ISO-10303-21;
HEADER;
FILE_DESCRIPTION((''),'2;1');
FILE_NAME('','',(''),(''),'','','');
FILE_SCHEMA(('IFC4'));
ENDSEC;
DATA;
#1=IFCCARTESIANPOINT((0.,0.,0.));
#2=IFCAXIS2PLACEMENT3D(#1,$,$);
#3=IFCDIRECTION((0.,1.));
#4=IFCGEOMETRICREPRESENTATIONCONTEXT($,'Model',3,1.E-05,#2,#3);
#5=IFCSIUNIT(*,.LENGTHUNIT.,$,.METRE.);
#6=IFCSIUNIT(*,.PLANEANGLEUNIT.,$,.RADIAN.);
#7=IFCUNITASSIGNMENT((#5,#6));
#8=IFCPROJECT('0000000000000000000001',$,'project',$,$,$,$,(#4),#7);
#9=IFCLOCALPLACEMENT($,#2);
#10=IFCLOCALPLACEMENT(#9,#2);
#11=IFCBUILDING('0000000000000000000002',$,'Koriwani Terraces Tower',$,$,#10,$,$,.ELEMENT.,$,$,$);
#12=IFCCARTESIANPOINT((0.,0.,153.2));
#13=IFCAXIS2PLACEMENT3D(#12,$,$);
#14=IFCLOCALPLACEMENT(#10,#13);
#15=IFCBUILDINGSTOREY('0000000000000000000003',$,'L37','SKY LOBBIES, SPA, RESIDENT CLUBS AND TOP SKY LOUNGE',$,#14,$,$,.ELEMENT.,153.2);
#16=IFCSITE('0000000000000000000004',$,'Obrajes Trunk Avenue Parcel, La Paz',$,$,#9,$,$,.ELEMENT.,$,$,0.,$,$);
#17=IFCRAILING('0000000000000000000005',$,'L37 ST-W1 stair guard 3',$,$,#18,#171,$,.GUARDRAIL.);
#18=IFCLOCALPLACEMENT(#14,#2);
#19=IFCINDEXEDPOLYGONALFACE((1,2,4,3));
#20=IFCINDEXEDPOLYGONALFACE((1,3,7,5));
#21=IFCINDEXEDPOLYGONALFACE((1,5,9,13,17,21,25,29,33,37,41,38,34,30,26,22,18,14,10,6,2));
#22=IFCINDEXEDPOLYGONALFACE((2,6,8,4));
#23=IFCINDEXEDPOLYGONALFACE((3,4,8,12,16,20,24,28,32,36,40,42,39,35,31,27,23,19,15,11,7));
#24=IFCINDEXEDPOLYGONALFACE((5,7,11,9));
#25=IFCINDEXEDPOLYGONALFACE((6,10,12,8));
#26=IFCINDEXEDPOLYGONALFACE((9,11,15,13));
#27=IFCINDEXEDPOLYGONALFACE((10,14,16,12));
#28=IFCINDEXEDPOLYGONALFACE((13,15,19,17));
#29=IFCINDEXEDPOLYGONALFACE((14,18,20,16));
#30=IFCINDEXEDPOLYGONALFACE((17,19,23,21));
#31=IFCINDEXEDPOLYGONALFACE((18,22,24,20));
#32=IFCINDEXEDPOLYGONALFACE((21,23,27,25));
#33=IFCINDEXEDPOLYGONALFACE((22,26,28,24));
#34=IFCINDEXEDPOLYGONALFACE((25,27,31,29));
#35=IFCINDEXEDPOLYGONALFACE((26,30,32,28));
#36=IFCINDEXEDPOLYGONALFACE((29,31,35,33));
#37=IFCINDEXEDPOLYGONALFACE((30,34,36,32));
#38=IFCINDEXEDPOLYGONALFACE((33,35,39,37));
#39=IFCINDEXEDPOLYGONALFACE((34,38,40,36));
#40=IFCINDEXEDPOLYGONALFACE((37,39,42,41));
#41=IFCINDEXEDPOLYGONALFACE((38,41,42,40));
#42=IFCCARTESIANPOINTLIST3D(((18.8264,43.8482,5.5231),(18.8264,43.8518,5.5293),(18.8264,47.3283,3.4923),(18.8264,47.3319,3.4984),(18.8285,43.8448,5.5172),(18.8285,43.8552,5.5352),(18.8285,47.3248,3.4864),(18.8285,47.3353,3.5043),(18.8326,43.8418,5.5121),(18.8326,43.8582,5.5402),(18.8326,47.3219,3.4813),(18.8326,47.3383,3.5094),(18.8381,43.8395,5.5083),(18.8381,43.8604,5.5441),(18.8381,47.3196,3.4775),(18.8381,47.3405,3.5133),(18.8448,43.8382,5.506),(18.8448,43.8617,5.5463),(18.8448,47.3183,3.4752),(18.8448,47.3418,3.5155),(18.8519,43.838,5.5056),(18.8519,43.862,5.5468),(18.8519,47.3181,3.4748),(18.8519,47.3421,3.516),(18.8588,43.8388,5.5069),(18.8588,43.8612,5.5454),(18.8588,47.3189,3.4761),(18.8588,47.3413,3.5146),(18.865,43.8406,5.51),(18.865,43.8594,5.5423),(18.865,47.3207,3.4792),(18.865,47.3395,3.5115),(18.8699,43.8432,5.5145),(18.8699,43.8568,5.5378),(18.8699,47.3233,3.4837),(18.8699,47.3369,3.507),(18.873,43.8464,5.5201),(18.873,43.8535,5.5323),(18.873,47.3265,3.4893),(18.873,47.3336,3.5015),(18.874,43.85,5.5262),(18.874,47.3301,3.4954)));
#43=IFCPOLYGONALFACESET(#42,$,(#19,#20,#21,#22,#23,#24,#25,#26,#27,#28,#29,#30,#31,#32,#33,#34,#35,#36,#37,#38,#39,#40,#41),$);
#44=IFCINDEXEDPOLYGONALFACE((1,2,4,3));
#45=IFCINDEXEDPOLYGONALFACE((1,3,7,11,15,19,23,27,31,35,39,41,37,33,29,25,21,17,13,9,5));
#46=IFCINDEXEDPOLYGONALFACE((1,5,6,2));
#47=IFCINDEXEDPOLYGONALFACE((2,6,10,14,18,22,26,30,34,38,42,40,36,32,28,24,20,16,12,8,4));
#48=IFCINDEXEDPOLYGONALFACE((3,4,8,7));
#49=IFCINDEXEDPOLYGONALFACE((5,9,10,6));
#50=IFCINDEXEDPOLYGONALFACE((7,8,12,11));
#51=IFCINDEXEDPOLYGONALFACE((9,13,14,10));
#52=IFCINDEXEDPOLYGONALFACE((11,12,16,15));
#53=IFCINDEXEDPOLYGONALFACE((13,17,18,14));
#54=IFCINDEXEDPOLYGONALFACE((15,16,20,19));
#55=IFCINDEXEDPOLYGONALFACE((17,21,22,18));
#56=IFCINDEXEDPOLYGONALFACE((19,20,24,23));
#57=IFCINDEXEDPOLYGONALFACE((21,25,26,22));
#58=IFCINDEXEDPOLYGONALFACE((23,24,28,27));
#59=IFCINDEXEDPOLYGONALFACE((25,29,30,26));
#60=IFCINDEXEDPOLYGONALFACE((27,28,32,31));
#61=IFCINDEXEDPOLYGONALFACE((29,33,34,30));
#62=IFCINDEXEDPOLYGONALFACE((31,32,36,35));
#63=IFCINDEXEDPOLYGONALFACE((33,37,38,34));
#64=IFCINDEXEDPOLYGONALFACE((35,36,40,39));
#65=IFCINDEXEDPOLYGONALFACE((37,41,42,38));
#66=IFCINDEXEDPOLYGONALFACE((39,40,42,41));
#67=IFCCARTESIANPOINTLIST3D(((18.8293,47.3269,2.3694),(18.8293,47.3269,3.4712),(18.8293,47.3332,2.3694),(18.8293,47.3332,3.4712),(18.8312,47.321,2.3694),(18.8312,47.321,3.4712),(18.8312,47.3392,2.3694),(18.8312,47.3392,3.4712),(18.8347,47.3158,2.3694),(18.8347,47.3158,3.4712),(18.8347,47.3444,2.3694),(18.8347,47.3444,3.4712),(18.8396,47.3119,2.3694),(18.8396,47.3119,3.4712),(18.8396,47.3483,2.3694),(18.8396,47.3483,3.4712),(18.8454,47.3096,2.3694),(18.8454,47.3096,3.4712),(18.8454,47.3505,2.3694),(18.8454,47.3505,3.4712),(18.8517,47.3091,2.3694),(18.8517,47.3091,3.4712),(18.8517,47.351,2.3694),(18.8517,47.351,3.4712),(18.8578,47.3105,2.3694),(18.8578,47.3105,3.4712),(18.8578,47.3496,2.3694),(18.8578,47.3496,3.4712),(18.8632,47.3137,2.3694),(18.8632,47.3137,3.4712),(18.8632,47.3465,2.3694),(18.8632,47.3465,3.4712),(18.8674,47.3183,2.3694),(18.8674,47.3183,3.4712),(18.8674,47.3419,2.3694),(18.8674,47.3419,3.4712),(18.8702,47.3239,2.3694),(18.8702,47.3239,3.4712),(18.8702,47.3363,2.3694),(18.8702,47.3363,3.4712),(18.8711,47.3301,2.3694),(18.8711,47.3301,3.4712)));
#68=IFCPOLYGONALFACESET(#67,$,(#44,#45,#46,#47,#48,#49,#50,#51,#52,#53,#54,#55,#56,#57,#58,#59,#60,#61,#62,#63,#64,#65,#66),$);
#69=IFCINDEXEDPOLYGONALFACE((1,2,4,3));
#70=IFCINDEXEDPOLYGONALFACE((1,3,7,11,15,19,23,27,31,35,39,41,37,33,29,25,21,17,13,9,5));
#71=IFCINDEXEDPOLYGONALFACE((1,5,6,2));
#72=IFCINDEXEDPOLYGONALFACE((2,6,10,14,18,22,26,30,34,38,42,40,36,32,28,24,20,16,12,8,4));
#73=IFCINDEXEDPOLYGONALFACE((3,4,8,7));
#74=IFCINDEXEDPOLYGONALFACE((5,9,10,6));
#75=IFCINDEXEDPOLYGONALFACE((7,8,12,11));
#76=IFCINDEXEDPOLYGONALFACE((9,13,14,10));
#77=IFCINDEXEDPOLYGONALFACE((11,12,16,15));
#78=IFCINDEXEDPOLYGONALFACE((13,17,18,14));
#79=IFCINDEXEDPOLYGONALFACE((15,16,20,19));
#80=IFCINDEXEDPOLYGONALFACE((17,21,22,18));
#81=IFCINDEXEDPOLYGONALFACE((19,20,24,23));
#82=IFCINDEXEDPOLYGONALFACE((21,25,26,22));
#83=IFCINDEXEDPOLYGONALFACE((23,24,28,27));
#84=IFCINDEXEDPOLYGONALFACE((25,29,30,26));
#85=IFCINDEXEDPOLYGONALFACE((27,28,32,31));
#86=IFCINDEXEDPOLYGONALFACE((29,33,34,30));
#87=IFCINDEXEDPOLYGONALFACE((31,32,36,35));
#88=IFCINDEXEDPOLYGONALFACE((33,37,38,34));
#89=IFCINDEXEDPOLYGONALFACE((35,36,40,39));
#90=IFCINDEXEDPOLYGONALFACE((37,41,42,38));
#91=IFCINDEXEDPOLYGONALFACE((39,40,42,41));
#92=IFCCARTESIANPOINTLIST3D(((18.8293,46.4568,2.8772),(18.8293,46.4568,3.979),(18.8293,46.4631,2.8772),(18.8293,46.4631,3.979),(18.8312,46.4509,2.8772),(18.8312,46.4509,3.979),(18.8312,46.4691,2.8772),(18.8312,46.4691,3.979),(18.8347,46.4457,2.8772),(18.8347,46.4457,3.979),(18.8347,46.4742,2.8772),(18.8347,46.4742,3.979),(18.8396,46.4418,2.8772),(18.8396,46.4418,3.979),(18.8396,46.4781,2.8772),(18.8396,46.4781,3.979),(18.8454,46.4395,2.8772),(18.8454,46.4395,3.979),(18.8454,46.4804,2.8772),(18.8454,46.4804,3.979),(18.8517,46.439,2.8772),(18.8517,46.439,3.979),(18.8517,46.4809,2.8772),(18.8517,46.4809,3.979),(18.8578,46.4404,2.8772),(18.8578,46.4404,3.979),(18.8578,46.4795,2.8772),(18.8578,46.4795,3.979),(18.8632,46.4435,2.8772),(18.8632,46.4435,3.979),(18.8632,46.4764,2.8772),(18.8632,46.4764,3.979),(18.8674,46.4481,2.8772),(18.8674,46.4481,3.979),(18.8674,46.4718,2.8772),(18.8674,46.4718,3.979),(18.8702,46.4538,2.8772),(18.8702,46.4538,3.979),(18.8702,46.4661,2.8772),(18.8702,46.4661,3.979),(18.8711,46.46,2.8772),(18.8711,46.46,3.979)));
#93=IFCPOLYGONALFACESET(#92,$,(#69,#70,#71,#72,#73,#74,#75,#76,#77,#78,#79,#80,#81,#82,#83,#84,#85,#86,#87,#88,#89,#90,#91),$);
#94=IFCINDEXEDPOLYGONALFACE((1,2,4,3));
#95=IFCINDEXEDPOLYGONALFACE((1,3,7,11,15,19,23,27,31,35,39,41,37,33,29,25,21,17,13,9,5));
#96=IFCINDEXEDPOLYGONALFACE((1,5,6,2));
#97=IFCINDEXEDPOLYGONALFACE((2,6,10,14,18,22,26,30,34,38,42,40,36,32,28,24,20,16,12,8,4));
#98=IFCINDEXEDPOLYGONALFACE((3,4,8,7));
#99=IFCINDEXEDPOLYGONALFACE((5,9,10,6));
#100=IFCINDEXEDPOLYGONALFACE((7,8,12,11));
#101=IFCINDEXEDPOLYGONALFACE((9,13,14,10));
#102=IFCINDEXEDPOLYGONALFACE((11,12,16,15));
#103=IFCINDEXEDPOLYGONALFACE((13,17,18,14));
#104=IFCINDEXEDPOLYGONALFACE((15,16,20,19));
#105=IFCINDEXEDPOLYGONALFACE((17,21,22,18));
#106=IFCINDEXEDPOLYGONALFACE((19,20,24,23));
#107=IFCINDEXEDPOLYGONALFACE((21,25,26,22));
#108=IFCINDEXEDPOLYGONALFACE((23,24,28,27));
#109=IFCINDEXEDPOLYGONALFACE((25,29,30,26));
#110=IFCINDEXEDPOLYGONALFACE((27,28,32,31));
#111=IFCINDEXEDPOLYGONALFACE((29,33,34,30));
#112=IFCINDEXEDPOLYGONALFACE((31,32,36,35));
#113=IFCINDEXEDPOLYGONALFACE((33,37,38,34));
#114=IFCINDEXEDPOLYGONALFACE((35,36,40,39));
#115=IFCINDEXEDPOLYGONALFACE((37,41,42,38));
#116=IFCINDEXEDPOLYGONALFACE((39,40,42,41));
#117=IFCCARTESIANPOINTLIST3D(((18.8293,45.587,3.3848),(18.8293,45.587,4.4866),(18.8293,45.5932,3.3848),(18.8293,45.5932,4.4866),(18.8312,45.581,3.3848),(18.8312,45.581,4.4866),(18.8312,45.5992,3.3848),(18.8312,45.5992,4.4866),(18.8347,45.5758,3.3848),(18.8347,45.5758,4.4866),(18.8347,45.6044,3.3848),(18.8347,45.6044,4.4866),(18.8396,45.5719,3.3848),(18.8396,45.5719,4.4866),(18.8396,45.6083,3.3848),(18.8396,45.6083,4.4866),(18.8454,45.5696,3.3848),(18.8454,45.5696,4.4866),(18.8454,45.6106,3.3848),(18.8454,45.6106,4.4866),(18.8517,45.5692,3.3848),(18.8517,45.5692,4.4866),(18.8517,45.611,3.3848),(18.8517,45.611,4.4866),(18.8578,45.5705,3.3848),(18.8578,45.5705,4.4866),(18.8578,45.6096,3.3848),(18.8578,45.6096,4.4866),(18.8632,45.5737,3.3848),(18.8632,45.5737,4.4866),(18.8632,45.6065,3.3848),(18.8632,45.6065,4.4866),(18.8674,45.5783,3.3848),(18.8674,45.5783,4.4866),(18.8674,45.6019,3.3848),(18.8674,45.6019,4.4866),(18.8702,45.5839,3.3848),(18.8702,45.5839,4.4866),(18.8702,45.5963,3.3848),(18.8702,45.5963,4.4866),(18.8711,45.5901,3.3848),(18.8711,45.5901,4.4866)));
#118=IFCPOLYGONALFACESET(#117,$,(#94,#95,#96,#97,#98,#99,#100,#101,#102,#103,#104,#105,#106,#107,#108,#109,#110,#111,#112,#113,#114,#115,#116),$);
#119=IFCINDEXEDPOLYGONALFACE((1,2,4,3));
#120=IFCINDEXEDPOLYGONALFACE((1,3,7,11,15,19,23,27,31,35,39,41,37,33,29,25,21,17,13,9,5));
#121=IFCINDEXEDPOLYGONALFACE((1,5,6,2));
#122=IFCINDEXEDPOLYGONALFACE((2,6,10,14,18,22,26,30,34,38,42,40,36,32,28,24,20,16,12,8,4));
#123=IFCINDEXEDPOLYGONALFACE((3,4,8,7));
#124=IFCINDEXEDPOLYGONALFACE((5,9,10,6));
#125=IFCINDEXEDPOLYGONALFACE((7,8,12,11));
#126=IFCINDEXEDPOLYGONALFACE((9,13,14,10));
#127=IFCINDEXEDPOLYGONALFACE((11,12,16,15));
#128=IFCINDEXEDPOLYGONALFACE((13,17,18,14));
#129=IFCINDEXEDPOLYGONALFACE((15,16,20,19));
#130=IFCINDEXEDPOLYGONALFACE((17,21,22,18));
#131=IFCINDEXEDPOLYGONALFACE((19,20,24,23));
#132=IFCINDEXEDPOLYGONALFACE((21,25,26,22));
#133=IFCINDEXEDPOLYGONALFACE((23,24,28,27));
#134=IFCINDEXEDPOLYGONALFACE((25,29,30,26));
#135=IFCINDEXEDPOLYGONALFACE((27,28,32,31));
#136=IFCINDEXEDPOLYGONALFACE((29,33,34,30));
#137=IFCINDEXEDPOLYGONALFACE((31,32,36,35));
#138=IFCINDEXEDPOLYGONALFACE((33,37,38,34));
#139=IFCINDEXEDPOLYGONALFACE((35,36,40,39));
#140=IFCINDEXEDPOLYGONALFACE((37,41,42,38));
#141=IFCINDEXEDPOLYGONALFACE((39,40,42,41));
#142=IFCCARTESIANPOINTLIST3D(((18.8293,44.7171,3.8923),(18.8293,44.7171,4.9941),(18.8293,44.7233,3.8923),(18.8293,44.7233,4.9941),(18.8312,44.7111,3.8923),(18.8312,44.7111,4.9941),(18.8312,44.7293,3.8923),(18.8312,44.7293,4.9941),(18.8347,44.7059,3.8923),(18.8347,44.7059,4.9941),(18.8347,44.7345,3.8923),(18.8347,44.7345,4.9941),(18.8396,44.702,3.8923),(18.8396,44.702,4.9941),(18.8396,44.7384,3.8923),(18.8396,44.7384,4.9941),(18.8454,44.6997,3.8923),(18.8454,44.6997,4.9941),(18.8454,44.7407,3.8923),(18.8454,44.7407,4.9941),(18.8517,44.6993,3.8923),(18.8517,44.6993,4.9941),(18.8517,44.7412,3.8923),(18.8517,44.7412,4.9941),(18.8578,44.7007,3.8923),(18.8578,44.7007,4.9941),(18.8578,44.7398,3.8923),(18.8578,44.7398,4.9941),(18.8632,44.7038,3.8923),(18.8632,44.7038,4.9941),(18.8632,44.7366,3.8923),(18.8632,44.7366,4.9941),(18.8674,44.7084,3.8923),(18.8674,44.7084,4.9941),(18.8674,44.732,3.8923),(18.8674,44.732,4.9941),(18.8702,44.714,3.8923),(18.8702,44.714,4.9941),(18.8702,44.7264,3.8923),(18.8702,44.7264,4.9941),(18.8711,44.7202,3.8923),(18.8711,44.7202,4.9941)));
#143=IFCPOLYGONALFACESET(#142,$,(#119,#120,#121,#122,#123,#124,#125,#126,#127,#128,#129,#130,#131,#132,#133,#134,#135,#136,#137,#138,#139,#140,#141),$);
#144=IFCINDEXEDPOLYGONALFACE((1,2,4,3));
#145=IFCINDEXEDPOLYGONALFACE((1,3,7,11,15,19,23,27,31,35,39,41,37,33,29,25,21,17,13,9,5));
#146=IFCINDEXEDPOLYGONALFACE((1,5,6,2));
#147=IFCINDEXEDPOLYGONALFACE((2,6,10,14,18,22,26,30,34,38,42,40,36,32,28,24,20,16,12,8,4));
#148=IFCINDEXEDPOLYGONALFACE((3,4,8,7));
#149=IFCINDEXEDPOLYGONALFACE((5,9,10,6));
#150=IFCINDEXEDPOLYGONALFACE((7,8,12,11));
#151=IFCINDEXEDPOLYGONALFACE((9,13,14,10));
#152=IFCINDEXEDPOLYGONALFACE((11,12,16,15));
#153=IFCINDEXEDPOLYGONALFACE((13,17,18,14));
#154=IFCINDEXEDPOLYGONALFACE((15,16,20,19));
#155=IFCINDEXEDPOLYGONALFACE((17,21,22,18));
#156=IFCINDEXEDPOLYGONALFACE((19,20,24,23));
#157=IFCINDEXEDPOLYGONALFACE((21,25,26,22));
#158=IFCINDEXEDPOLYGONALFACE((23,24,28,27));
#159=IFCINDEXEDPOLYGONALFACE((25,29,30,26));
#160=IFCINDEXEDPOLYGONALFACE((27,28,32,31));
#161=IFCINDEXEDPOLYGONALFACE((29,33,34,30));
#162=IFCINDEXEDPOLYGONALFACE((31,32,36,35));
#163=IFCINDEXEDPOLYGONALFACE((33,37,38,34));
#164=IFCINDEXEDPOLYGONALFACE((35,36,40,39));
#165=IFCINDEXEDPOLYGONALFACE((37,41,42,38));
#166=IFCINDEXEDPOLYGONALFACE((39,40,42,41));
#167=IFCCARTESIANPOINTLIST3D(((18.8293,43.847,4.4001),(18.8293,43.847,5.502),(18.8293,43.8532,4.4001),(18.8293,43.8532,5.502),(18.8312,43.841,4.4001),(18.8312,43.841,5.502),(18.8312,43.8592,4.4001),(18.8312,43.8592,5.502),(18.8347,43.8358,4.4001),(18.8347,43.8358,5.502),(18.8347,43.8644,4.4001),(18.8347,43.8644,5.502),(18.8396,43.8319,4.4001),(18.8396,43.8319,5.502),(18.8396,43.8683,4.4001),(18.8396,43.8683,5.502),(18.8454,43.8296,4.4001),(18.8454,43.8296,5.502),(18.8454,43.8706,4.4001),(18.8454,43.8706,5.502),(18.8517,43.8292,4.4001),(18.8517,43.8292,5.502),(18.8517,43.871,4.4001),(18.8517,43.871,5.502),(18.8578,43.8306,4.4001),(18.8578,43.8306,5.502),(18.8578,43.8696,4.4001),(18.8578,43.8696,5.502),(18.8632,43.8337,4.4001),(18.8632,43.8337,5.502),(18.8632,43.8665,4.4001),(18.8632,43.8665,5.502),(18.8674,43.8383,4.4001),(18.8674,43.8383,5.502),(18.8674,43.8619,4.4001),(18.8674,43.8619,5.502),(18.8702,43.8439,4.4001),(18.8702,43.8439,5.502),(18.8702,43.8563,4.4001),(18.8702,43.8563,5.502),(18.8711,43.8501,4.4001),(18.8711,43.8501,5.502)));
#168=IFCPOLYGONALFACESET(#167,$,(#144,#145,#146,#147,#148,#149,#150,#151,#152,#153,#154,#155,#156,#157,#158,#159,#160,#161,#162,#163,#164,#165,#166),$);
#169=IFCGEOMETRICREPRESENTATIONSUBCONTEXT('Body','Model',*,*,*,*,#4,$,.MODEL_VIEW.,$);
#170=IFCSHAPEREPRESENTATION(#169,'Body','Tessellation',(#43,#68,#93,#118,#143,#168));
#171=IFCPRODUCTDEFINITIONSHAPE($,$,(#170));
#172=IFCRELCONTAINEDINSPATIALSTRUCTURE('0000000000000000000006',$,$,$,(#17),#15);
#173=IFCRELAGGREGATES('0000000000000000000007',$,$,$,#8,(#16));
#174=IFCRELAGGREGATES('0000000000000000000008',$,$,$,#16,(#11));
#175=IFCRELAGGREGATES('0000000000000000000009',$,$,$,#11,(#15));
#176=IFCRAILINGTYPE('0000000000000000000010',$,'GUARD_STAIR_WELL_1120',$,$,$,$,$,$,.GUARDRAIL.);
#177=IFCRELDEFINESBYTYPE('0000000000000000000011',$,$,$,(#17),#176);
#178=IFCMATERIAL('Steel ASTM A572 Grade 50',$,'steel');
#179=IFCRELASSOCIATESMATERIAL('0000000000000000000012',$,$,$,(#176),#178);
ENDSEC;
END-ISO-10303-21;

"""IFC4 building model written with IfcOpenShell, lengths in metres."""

from ifc_helpers import new_model, si_unit, direction, frame, origin, origin_2d, place, context, subcontext, project, spatial, circle, extrude, material, type_object, element, save


model = new_model("IFC4")

# Units and contexts
model_context = context("Model", 3, precision=1e-05, world=origin(), true_north=direction((0.0, 1.0)))
body_context = subcontext(model_context, "Body", "Model", "MODEL_VIEW")
ifc_project = project(units=[si_unit("LENGTHUNIT", "METRE"), si_unit("PLANEANGLEUNIT", "RADIAN")], contexts=[model_context])

# Site, building, storey
site_placement = place(None, origin())
site = spatial("IfcSite", under=ifc_project, at=site_placement, Name="Obrajes Trunk Avenue Parcel, La Paz", CompositionType="ELEMENT", RefElevation=0.0)
building_placement = place(site_placement, origin())
building = spatial("IfcBuilding", under=site, at=building_placement, Name="Koriwani Terraces Tower", CompositionType="ELEMENT")
storey_placement = place(building_placement, frame((0.0, 0.0, 153.2)))
storey = spatial("IfcBuildingStorey", under=building, at=storey_placement, Name="L37", Description="SKY LOBBIES, SPA, RESIDENT CLUBS AND TOP SKY LOUNGE", CompositionType="ELEMENT", Elevation=153.2)

# Shared definitions
ifc_material_1 = material(Name="Steel ASTM A572 Grade 50", Category="steel")

# Railing
railing_type_1 = type_object("IfcRailingType", Name="GUARD_STAIR_WELL_1120", PredefinedType="GUARDRAIL", material=ifc_material_1)
railing_1_placement = place(storey_placement, frame((18.8501, 47.3301, 2.3694)))
element("IfcRailing", 1, at=railing_1_placement, inside=storey, type_object=railing_type_1, Name="L37 ST-W1 stair guard 3", PredefinedType="GUARDRAIL", context=body_context, shape_type="SweptSolid", body=[
    extrude(circle(Radius=0.0239, at=origin_2d()), frame((0.0, 0.0, 1.126), z_axis=(0.0, -0.863695, 0.504014), x_axis=(1.0, 0.0, 0.0)), (0.0, 0.0, 1.0), 4.0293),
    extrude(circle(Radius=0.021, at=origin_2d()), origin(), (0.0, 0.0, 1.0), 1.1018),
    extrude(circle(Radius=0.021, at=origin_2d()), frame((0.0, -0.8701, 0.5078)), (0.0, 0.0, 1.0), 1.1018),
    extrude(circle(Radius=0.021, at=origin_2d()), frame((0.0, -1.74, 1.0154)), (0.0, 0.0, 1.0), 1.1018),
    extrude(circle(Radius=0.021, at=origin_2d()), frame((0.0, -2.6099, 1.5229)), (0.0, 0.0, 1.0), 1.1018),
    extrude(circle(Radius=0.021, at=origin_2d()), frame((0.0, -3.48, 2.0308)), (0.0, 0.0, 1.0), 1.1018),
])

save(model, "model.ifc")
